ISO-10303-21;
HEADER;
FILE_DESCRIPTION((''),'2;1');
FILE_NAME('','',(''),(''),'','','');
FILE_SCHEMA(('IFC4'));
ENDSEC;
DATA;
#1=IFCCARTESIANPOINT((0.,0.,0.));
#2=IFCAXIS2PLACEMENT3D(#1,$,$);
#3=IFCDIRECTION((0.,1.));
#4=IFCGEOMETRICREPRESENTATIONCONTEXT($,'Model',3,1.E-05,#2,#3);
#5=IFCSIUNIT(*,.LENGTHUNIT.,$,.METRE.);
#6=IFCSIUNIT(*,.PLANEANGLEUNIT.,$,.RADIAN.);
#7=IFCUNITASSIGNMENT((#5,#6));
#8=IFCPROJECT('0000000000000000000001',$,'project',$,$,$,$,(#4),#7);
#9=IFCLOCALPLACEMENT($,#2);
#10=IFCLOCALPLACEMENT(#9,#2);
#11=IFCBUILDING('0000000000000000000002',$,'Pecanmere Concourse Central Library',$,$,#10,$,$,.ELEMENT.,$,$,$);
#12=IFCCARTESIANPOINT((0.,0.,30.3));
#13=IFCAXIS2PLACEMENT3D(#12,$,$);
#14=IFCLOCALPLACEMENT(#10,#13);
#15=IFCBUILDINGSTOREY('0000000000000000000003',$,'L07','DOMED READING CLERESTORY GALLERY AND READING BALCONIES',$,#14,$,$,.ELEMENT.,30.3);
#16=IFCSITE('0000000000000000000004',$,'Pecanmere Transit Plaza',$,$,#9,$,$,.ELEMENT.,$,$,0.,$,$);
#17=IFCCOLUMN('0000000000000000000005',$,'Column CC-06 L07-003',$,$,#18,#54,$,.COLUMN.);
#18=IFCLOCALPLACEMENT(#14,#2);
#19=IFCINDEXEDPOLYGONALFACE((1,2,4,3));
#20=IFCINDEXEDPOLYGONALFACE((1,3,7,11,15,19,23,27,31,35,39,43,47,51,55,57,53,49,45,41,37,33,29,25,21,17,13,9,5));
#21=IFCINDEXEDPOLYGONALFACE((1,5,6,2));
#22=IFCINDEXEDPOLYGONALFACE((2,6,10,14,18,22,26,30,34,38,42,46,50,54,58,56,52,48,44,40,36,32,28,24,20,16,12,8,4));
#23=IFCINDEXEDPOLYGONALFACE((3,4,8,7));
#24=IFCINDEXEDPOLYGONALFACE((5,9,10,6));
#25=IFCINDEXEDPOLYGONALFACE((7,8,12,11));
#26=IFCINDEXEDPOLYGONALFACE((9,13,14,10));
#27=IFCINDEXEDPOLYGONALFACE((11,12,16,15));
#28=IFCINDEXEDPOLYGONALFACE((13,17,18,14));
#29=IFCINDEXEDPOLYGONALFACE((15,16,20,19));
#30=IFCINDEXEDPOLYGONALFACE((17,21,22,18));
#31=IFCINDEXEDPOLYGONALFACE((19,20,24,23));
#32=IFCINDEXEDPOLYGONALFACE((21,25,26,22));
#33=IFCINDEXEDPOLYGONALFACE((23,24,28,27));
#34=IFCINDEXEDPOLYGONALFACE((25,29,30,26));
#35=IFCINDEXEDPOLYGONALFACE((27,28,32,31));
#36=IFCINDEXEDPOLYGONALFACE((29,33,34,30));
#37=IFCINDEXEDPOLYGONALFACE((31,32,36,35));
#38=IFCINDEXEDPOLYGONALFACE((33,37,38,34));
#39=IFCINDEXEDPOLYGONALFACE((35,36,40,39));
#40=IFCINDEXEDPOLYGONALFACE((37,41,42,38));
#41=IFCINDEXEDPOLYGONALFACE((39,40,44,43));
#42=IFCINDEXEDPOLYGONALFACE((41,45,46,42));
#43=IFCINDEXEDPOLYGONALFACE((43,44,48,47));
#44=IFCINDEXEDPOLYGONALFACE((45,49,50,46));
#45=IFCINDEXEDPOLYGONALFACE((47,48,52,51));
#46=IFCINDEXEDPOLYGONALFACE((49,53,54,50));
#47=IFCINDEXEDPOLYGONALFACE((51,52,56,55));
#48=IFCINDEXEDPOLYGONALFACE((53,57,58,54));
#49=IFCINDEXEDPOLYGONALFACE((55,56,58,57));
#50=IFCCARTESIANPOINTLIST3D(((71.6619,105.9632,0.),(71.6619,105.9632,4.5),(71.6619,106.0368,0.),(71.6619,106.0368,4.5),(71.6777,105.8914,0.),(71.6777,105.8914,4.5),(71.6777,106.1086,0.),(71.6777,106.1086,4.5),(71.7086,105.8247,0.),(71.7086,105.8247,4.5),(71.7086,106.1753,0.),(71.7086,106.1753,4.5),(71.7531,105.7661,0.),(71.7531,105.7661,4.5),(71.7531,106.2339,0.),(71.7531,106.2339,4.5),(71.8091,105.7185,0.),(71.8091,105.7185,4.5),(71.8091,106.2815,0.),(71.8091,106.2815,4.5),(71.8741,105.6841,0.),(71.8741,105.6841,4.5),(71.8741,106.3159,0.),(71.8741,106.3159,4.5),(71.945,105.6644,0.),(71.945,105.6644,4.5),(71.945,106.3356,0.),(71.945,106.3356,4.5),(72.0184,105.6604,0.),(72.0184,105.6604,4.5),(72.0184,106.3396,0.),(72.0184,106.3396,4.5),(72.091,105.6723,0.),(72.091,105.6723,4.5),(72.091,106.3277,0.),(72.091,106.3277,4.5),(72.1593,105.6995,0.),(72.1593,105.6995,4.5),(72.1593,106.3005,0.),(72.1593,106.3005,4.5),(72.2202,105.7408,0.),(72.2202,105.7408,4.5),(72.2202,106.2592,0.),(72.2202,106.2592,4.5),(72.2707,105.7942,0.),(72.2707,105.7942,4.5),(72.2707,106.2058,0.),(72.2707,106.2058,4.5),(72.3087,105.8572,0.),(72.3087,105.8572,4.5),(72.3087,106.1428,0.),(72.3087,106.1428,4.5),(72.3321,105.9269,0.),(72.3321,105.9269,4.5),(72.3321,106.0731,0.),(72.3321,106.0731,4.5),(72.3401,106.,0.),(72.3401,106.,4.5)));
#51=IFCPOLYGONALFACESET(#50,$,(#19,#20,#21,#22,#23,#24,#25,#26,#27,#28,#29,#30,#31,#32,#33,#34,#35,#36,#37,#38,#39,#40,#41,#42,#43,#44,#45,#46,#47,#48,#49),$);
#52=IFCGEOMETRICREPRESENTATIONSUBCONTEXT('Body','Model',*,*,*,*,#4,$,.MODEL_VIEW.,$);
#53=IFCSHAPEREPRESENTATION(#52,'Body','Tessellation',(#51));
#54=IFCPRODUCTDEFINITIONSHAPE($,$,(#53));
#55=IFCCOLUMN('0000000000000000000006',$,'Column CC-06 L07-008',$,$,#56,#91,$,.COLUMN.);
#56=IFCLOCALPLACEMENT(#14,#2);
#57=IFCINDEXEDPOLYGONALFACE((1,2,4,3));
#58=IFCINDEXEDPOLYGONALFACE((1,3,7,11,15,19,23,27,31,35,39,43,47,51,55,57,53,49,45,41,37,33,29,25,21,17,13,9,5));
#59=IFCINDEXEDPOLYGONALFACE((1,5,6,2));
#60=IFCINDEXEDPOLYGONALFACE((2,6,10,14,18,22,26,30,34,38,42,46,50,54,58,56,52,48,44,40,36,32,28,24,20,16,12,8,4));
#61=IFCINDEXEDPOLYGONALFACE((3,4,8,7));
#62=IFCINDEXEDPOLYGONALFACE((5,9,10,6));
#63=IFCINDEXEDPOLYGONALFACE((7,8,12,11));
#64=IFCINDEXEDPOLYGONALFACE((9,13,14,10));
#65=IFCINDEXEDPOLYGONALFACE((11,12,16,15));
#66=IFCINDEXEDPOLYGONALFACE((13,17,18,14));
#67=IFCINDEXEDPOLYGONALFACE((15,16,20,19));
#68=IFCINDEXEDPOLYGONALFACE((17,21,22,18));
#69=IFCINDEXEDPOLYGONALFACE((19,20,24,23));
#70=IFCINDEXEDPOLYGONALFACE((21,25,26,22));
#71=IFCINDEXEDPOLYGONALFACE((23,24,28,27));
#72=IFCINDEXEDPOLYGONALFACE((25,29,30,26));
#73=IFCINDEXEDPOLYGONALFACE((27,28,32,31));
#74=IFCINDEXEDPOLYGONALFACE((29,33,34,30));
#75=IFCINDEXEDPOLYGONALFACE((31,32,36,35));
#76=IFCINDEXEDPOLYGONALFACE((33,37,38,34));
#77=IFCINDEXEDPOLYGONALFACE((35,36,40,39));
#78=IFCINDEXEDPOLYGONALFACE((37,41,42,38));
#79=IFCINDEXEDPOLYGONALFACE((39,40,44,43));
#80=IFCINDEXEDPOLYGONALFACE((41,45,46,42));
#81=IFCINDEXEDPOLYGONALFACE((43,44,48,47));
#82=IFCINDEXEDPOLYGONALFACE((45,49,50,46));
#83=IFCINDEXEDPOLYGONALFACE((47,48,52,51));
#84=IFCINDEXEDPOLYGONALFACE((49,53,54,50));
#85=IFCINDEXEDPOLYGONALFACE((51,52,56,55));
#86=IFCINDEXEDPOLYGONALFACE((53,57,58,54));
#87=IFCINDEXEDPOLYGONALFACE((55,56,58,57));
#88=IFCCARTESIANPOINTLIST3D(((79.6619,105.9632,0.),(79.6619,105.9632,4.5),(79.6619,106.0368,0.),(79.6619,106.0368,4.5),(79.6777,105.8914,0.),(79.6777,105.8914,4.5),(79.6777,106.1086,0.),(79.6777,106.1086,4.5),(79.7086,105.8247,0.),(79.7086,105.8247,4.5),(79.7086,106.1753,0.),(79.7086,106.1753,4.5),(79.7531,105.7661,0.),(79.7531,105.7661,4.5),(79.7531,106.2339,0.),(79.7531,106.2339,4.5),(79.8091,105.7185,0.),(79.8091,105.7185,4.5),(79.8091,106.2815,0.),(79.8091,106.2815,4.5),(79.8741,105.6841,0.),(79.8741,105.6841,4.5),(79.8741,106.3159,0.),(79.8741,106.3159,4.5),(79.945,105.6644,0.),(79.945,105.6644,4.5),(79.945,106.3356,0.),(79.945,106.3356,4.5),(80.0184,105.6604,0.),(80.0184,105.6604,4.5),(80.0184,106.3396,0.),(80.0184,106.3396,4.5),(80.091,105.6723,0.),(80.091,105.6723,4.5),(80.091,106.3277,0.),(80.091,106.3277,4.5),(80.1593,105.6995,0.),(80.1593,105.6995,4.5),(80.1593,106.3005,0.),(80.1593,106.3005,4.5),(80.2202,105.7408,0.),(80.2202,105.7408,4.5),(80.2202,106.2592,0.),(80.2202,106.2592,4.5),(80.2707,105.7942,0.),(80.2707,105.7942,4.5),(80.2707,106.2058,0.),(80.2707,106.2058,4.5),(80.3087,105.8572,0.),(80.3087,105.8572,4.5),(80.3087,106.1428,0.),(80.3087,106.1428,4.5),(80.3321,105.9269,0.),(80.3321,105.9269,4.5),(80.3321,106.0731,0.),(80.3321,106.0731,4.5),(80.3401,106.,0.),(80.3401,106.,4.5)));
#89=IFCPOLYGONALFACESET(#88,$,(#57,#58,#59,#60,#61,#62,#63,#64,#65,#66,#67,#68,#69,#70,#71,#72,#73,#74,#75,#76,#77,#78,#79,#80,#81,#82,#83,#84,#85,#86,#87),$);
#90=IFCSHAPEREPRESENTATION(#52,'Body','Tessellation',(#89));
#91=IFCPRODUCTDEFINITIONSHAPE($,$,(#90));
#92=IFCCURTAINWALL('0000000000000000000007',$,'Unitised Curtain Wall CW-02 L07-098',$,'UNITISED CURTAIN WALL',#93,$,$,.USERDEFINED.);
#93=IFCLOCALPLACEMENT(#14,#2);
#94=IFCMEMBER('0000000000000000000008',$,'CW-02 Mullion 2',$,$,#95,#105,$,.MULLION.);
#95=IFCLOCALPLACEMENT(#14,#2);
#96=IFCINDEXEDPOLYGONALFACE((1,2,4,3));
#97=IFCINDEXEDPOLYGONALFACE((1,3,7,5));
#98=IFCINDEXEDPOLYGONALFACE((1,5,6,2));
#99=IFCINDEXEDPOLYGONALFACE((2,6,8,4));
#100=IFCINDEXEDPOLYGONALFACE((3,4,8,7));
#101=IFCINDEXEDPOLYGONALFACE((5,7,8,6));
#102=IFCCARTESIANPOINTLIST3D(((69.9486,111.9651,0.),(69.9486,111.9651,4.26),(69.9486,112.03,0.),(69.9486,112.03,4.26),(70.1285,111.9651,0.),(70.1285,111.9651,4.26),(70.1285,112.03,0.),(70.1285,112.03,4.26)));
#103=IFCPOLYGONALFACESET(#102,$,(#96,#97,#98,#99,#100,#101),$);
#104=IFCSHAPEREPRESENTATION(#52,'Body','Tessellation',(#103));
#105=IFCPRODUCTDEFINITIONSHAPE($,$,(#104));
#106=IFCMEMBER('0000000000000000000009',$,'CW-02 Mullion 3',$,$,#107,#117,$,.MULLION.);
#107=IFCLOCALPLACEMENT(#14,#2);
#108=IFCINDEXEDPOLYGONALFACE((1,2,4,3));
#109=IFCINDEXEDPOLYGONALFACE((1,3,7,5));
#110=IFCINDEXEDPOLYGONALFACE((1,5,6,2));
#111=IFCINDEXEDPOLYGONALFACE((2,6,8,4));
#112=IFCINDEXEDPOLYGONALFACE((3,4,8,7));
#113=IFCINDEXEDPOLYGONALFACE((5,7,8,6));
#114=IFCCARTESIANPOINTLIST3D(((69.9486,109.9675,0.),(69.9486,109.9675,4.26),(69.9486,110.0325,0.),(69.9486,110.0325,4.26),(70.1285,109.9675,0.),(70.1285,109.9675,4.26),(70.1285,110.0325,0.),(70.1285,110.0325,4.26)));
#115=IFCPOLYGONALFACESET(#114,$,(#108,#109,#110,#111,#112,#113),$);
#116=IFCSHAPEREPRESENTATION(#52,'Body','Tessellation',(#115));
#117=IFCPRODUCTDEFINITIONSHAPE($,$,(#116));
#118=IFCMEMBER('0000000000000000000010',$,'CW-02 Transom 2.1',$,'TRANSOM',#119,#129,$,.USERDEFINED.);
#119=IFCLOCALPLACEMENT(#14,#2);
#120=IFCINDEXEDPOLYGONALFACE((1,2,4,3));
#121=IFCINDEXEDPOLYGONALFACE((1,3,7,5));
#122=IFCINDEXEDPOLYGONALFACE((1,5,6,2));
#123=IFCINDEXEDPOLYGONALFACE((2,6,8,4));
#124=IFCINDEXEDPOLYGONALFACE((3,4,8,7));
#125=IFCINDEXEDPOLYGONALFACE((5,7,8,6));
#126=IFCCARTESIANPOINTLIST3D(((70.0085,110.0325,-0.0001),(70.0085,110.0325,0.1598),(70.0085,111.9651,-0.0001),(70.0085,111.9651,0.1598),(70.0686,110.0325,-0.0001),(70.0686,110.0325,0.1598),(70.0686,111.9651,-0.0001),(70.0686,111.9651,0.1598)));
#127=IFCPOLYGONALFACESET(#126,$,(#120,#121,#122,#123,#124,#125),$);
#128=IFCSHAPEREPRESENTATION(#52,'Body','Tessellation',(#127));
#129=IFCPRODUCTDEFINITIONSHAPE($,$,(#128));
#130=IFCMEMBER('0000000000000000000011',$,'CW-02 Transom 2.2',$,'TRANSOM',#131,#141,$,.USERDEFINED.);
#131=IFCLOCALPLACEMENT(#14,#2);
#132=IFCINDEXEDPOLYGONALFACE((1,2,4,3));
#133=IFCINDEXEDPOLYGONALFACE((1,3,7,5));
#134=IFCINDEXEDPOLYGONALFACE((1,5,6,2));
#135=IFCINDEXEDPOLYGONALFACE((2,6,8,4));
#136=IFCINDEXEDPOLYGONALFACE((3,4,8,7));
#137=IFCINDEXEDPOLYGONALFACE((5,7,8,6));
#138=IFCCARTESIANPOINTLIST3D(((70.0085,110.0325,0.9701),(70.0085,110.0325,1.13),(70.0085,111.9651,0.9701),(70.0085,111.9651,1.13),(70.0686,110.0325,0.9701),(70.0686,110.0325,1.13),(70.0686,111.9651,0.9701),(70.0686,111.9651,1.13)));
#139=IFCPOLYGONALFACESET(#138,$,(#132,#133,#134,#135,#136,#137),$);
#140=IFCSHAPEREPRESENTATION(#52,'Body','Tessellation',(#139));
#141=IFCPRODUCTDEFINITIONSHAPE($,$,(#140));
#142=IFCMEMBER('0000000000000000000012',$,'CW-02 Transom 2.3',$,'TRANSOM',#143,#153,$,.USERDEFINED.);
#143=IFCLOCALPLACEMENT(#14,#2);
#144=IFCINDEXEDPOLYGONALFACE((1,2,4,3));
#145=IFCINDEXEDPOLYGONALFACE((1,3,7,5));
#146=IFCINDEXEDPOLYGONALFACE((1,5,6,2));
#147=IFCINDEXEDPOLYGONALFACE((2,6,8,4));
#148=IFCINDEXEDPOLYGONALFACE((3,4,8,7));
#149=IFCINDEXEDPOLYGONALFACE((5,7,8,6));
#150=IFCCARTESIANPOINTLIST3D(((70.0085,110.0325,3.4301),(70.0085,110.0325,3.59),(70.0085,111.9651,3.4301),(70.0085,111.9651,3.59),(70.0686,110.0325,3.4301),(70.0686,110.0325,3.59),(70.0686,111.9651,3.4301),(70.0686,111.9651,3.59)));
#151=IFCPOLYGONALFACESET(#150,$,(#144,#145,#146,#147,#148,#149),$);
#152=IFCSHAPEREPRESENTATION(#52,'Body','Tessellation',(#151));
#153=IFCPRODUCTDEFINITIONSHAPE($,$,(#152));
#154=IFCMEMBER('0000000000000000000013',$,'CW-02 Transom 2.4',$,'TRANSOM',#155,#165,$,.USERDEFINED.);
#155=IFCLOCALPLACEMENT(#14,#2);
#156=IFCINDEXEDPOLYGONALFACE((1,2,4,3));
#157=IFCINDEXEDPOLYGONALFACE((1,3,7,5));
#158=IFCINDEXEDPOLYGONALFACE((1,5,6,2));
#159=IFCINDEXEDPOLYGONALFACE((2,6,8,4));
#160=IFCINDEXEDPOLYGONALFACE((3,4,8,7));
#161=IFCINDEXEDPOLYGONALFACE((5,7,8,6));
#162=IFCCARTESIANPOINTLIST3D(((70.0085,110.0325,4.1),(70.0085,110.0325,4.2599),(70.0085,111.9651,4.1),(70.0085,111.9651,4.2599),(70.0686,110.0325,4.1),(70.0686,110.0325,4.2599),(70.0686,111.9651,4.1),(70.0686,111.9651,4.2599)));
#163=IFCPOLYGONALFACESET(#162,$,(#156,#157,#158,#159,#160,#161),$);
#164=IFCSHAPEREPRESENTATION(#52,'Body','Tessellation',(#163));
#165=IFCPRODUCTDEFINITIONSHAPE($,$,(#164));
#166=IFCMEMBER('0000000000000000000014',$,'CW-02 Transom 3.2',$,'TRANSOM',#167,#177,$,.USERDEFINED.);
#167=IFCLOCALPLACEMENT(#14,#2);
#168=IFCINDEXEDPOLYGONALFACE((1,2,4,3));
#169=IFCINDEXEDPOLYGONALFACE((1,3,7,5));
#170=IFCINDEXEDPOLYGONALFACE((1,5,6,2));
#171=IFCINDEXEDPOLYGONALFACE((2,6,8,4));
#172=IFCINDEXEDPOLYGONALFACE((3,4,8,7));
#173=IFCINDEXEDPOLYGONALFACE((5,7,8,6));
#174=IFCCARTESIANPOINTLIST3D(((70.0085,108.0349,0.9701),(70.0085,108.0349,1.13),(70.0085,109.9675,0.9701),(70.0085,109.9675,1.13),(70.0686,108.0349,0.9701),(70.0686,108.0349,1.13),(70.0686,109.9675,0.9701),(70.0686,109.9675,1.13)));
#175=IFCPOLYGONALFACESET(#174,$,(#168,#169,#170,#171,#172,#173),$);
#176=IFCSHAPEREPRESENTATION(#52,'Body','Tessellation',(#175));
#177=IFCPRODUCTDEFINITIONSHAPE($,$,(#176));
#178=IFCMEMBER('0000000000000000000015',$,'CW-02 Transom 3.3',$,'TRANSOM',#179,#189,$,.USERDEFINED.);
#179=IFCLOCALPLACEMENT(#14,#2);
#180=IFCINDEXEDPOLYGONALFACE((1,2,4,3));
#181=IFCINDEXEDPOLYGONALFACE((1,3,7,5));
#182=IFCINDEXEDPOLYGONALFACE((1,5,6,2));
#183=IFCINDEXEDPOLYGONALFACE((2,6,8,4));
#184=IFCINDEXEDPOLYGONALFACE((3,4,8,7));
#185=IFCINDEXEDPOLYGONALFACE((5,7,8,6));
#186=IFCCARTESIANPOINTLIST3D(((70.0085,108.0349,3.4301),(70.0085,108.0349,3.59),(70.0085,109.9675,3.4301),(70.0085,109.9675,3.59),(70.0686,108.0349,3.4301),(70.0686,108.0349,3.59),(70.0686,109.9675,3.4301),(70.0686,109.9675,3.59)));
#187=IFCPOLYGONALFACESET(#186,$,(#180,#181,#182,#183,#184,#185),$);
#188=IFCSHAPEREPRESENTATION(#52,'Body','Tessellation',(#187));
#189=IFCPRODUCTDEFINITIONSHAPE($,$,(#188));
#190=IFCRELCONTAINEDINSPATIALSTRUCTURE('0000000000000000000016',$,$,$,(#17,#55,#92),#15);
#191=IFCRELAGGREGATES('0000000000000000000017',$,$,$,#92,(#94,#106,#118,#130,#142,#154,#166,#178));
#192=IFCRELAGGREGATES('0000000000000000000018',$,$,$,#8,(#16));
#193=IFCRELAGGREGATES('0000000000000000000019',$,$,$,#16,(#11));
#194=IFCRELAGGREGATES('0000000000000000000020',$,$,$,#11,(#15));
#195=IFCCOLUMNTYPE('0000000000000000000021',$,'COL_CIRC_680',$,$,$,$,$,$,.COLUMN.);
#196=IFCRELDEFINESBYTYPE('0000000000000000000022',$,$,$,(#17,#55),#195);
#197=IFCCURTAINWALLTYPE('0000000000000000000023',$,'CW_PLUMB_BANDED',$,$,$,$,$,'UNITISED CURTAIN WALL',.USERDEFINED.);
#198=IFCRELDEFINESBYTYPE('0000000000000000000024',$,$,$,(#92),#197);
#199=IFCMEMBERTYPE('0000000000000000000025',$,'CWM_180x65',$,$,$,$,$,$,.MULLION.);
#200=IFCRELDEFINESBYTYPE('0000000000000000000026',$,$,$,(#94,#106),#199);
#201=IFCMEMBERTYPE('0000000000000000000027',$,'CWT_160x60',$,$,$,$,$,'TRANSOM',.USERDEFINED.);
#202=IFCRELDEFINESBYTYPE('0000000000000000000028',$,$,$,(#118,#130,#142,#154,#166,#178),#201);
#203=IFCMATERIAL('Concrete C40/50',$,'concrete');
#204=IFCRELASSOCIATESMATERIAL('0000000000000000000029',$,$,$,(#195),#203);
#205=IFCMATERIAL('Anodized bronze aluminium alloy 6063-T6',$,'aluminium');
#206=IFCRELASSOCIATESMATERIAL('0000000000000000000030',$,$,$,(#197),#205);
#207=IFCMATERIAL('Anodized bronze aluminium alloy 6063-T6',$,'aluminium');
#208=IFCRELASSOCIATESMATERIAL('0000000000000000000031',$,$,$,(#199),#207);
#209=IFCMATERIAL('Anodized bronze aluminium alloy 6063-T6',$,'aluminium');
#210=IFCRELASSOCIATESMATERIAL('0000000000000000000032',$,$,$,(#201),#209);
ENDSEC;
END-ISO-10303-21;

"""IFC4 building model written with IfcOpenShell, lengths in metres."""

from ifc_helpers import new_model, si_unit, direction, frame, origin, origin_2d, place, context, subcontext, project, spatial, rectangle, circle, extrude, material, material_profile, profile_set, type_object, element, aggregate, save


model = new_model("IFC4")

# Units and contexts
model_context = context("Model", 3, precision=1e-05, world=origin(), true_north=direction((0.0, 1.0)))
body_context = subcontext(model_context, "Body", "Model", "MODEL_VIEW")
ifc_project = project(units=[si_unit("LENGTHUNIT", "METRE"), si_unit("PLANEANGLEUNIT", "RADIAN")], contexts=[model_context])

# Site, building, storey
site_placement = place(None, origin())
site = spatial("IfcSite", under=ifc_project, at=site_placement, Name="Pecanmere Transit Plaza", CompositionType="ELEMENT", RefElevation=0.0)
building_placement = place(site_placement, origin())
building = spatial("IfcBuilding", under=site, at=building_placement, Name="Pecanmere Concourse Central Library", CompositionType="ELEMENT")
storey_placement = place(building_placement, frame((0.0, 0.0, 30.3)))
storey = spatial("IfcBuildingStorey", under=building, at=storey_placement, Name="L07", Description="DOMED READING CLERESTORY GALLERY AND READING BALCONIES", CompositionType="ELEMENT", Elevation=30.3)

# Columns
ifc_material_1 = material(Name="Concrete C40/50", Category="concrete")
ifc_material_profile_1 = material_profile(ifc_material_1, circle(Radius=0.3401, at=origin_2d()), Name="RC D680")
ifc_profile_set_1 = profile_set([ifc_material_profile_1], Name="Concrete C40/50")
column_type = type_object("IfcColumnType", Name="COL_CIRC_680", PredefinedType="COLUMN", material=ifc_profile_set_1)
for number, where, z_axis, x_axis, name in (
    (1, (72.0, 106.0, 0.0), (0.0, 0.0, 1.0), (1.0, 0.0, 0.0), "Column CC-06 L07-003"),
    (2, (80.0, 106.0, 0.0), (0.0, 0.0, 1.0), (1.0, 0.0, 0.0), "Column CC-06 L07-008"),
):
    element("IfcColumn", number, at=place(storey_placement, frame(where, z_axis=z_axis, x_axis=x_axis)), inside=storey, type_object=column_type, Name=name, PredefinedType="COLUMN", context=body_context, shape_type="SweptSolid", body=[
        extrude(circle(Radius=0.3401, at=origin_2d()), origin(), (0.0, 0.0, 1.0), 4.5),
    ])

# Curtain wall, members
ifc_material_2 = material(Name="Anodized bronze aluminium alloy 6063-T6", Category="aluminium")
curtain_wall_type = type_object("IfcCurtainWallType", Name="CW_PLUMB_BANDED", ElementType="UNITISED CURTAIN WALL", PredefinedType="USERDEFINED", material=ifc_material_2)
curtain_wall_placement = place(storey_placement, origin())
curtain_wall = element("IfcCurtainWall", 3, at=curtain_wall_placement, inside=storey, type_object=curtain_wall_type, Name="Unitised Curtain Wall CW-02 L07-098", ObjectType="UNITISED CURTAIN WALL", PredefinedType="USERDEFINED")
ifc_material_3 = material(Name="Anodized bronze aluminium alloy 6063-T6", Category="aluminium")
ifc_material_profile_2 = material_profile(ifc_material_3, rectangle(XDim=0.0649, YDim=0.1799, at=origin_2d()), Name="AL 65x180")
ifc_profile_set_2 = profile_set([ifc_material_profile_2], Name="Anodized bronze aluminium alloy 6063-T6")
member_type_1 = type_object("IfcMemberType", Name="CWM_180x65", PredefinedType="MULLION", material=ifc_profile_set_2)
member_1_placement = place(storey_placement, frame((70.0386, 111.9976, 0.0), z_axis=(0.0, 0.0, 1.0), x_axis=(0.0, -1.0, 0.0)))
member_1 = element("IfcMember", 4, at=member_1_placement, type_object=member_type_1, Name="CW-02 Mullion 2", PredefinedType="MULLION", context=body_context, shape_type="SweptSolid", body=[
    extrude(rectangle(XDim=0.0649, YDim=0.1799, at=origin_2d()), origin(), (0.0, 0.0, 1.0), 4.26),
])
member_2_placement = place(storey_placement, frame((70.0386, 110.0, 0.0), z_axis=(0.0, 0.0, 1.0), x_axis=(0.0, -1.0, 0.0)))
member_2 = element("IfcMember", 5, at=member_2_placement, type_object=member_type_1, Name="CW-02 Mullion 3", PredefinedType="MULLION", context=body_context, shape_type="SweptSolid", body=[
    extrude(rectangle(XDim=0.0649, YDim=0.1799, at=origin_2d()), origin(), (0.0, 0.0, 1.0), 4.26),
])
ifc_material_4 = material(Name="Anodized bronze aluminium alloy 6063-T6", Category="aluminium")
ifc_material_profile_3 = material_profile(ifc_material_4, rectangle(XDim=0.0601, YDim=0.1599, at=origin_2d()), Name="AL 60x160")
ifc_profile_set_3 = profile_set([ifc_material_profile_3], Name="Anodized bronze aluminium alloy 6063-T6")
member_type_2 = type_object("IfcMemberType", Name="CWT_160x60", ElementType="TRANSOM", PredefinedType="USERDEFINED", material=ifc_profile_set_3)
member_3_placement = place(storey_placement, frame((70.0386, 111.9651, 0.0798), z_axis=(0.0, -1.0, 0.0), x_axis=(1.0, 0.0, 0.0)))
member_3 = element("IfcMember", 6, at=member_3_placement, type_object=member_type_2, Name="CW-02 Transom 2.1", ObjectType="TRANSOM", PredefinedType="USERDEFINED", context=body_context, shape_type="SweptSolid", body=[
    extrude(rectangle(XDim=0.0601, YDim=0.1599, at=origin_2d()), origin(), (0.0, 0.0, 1.0), 1.9326),
])
member_4_placement = place(storey_placement, frame((70.0386, 111.9651, 1.05), z_axis=(0.0, -1.0, 0.0), x_axis=(1.0, 0.0, 0.0)))
member_4 = element("IfcMember", 7, at=member_4_placement, type_object=member_type_2, Name="CW-02 Transom 2.2", ObjectType="TRANSOM", PredefinedType="USERDEFINED", context=body_context, shape_type="SweptSolid", body=[
    extrude(rectangle(XDim=0.0601, YDim=0.1599, at=origin_2d()), origin(), (0.0, 0.0, 1.0), 1.9326),
])
member_5_placement = place(storey_placement, frame((70.0386, 111.9651, 3.51), z_axis=(0.0, -1.0, 0.0), x_axis=(1.0, 0.0, 0.0)))
member_5 = element("IfcMember", 8, at=member_5_placement, type_object=member_type_2, Name="CW-02 Transom 2.3", ObjectType="TRANSOM", PredefinedType="USERDEFINED", context=body_context, shape_type="SweptSolid", body=[
    extrude(rectangle(XDim=0.0601, YDim=0.1599, at=origin_2d()), origin(), (0.0, 0.0, 1.0), 1.9326),
])
member_6_placement = place(storey_placement, frame((70.0386, 111.9651, 4.1799), z_axis=(0.0, -1.0, 0.0), x_axis=(1.0, 0.0, 0.0)))
member_6 = element("IfcMember", 9, at=member_6_placement, type_object=member_type_2, Name="CW-02 Transom 2.4", ObjectType="TRANSOM", PredefinedType="USERDEFINED", context=body_context, shape_type="SweptSolid", body=[
    extrude(rectangle(XDim=0.0601, YDim=0.1599, at=origin_2d()), origin(), (0.0, 0.0, 1.0), 1.9326),
])
member_7_placement = place(storey_placement, frame((70.0386, 109.9675, 1.05), z_axis=(0.0, -1.0, 0.0), x_axis=(1.0, 0.0, 0.0)))
member_7 = element("IfcMember", 10, at=member_7_placement, type_object=member_type_2, Name="CW-02 Transom 3.2", ObjectType="TRANSOM", PredefinedType="USERDEFINED", context=body_context, shape_type="SweptSolid", body=[
    extrude(rectangle(XDim=0.0601, YDim=0.1599, at=origin_2d()), origin(), (0.0, 0.0, 1.0), 1.9326),
])
member_8_placement = place(storey_placement, frame((70.0386, 109.9675, 3.51), z_axis=(0.0, -1.0, 0.0), x_axis=(1.0, 0.0, 0.0)))
member_8 = element("IfcMember", 11, at=member_8_placement, type_object=member_type_2, Name="CW-02 Transom 3.3", ObjectType="TRANSOM", PredefinedType="USERDEFINED", context=body_context, shape_type="SweptSolid", body=[
    extrude(rectangle(XDim=0.0601, YDim=0.1599, at=origin_2d()), origin(), (0.0, 0.0, 1.0), 1.9326),
])

aggregate(curtain_wall, [member_1, member_2, member_3, member_4, member_5, member_6, member_7, member_8])

save(model, "model.ifc")
